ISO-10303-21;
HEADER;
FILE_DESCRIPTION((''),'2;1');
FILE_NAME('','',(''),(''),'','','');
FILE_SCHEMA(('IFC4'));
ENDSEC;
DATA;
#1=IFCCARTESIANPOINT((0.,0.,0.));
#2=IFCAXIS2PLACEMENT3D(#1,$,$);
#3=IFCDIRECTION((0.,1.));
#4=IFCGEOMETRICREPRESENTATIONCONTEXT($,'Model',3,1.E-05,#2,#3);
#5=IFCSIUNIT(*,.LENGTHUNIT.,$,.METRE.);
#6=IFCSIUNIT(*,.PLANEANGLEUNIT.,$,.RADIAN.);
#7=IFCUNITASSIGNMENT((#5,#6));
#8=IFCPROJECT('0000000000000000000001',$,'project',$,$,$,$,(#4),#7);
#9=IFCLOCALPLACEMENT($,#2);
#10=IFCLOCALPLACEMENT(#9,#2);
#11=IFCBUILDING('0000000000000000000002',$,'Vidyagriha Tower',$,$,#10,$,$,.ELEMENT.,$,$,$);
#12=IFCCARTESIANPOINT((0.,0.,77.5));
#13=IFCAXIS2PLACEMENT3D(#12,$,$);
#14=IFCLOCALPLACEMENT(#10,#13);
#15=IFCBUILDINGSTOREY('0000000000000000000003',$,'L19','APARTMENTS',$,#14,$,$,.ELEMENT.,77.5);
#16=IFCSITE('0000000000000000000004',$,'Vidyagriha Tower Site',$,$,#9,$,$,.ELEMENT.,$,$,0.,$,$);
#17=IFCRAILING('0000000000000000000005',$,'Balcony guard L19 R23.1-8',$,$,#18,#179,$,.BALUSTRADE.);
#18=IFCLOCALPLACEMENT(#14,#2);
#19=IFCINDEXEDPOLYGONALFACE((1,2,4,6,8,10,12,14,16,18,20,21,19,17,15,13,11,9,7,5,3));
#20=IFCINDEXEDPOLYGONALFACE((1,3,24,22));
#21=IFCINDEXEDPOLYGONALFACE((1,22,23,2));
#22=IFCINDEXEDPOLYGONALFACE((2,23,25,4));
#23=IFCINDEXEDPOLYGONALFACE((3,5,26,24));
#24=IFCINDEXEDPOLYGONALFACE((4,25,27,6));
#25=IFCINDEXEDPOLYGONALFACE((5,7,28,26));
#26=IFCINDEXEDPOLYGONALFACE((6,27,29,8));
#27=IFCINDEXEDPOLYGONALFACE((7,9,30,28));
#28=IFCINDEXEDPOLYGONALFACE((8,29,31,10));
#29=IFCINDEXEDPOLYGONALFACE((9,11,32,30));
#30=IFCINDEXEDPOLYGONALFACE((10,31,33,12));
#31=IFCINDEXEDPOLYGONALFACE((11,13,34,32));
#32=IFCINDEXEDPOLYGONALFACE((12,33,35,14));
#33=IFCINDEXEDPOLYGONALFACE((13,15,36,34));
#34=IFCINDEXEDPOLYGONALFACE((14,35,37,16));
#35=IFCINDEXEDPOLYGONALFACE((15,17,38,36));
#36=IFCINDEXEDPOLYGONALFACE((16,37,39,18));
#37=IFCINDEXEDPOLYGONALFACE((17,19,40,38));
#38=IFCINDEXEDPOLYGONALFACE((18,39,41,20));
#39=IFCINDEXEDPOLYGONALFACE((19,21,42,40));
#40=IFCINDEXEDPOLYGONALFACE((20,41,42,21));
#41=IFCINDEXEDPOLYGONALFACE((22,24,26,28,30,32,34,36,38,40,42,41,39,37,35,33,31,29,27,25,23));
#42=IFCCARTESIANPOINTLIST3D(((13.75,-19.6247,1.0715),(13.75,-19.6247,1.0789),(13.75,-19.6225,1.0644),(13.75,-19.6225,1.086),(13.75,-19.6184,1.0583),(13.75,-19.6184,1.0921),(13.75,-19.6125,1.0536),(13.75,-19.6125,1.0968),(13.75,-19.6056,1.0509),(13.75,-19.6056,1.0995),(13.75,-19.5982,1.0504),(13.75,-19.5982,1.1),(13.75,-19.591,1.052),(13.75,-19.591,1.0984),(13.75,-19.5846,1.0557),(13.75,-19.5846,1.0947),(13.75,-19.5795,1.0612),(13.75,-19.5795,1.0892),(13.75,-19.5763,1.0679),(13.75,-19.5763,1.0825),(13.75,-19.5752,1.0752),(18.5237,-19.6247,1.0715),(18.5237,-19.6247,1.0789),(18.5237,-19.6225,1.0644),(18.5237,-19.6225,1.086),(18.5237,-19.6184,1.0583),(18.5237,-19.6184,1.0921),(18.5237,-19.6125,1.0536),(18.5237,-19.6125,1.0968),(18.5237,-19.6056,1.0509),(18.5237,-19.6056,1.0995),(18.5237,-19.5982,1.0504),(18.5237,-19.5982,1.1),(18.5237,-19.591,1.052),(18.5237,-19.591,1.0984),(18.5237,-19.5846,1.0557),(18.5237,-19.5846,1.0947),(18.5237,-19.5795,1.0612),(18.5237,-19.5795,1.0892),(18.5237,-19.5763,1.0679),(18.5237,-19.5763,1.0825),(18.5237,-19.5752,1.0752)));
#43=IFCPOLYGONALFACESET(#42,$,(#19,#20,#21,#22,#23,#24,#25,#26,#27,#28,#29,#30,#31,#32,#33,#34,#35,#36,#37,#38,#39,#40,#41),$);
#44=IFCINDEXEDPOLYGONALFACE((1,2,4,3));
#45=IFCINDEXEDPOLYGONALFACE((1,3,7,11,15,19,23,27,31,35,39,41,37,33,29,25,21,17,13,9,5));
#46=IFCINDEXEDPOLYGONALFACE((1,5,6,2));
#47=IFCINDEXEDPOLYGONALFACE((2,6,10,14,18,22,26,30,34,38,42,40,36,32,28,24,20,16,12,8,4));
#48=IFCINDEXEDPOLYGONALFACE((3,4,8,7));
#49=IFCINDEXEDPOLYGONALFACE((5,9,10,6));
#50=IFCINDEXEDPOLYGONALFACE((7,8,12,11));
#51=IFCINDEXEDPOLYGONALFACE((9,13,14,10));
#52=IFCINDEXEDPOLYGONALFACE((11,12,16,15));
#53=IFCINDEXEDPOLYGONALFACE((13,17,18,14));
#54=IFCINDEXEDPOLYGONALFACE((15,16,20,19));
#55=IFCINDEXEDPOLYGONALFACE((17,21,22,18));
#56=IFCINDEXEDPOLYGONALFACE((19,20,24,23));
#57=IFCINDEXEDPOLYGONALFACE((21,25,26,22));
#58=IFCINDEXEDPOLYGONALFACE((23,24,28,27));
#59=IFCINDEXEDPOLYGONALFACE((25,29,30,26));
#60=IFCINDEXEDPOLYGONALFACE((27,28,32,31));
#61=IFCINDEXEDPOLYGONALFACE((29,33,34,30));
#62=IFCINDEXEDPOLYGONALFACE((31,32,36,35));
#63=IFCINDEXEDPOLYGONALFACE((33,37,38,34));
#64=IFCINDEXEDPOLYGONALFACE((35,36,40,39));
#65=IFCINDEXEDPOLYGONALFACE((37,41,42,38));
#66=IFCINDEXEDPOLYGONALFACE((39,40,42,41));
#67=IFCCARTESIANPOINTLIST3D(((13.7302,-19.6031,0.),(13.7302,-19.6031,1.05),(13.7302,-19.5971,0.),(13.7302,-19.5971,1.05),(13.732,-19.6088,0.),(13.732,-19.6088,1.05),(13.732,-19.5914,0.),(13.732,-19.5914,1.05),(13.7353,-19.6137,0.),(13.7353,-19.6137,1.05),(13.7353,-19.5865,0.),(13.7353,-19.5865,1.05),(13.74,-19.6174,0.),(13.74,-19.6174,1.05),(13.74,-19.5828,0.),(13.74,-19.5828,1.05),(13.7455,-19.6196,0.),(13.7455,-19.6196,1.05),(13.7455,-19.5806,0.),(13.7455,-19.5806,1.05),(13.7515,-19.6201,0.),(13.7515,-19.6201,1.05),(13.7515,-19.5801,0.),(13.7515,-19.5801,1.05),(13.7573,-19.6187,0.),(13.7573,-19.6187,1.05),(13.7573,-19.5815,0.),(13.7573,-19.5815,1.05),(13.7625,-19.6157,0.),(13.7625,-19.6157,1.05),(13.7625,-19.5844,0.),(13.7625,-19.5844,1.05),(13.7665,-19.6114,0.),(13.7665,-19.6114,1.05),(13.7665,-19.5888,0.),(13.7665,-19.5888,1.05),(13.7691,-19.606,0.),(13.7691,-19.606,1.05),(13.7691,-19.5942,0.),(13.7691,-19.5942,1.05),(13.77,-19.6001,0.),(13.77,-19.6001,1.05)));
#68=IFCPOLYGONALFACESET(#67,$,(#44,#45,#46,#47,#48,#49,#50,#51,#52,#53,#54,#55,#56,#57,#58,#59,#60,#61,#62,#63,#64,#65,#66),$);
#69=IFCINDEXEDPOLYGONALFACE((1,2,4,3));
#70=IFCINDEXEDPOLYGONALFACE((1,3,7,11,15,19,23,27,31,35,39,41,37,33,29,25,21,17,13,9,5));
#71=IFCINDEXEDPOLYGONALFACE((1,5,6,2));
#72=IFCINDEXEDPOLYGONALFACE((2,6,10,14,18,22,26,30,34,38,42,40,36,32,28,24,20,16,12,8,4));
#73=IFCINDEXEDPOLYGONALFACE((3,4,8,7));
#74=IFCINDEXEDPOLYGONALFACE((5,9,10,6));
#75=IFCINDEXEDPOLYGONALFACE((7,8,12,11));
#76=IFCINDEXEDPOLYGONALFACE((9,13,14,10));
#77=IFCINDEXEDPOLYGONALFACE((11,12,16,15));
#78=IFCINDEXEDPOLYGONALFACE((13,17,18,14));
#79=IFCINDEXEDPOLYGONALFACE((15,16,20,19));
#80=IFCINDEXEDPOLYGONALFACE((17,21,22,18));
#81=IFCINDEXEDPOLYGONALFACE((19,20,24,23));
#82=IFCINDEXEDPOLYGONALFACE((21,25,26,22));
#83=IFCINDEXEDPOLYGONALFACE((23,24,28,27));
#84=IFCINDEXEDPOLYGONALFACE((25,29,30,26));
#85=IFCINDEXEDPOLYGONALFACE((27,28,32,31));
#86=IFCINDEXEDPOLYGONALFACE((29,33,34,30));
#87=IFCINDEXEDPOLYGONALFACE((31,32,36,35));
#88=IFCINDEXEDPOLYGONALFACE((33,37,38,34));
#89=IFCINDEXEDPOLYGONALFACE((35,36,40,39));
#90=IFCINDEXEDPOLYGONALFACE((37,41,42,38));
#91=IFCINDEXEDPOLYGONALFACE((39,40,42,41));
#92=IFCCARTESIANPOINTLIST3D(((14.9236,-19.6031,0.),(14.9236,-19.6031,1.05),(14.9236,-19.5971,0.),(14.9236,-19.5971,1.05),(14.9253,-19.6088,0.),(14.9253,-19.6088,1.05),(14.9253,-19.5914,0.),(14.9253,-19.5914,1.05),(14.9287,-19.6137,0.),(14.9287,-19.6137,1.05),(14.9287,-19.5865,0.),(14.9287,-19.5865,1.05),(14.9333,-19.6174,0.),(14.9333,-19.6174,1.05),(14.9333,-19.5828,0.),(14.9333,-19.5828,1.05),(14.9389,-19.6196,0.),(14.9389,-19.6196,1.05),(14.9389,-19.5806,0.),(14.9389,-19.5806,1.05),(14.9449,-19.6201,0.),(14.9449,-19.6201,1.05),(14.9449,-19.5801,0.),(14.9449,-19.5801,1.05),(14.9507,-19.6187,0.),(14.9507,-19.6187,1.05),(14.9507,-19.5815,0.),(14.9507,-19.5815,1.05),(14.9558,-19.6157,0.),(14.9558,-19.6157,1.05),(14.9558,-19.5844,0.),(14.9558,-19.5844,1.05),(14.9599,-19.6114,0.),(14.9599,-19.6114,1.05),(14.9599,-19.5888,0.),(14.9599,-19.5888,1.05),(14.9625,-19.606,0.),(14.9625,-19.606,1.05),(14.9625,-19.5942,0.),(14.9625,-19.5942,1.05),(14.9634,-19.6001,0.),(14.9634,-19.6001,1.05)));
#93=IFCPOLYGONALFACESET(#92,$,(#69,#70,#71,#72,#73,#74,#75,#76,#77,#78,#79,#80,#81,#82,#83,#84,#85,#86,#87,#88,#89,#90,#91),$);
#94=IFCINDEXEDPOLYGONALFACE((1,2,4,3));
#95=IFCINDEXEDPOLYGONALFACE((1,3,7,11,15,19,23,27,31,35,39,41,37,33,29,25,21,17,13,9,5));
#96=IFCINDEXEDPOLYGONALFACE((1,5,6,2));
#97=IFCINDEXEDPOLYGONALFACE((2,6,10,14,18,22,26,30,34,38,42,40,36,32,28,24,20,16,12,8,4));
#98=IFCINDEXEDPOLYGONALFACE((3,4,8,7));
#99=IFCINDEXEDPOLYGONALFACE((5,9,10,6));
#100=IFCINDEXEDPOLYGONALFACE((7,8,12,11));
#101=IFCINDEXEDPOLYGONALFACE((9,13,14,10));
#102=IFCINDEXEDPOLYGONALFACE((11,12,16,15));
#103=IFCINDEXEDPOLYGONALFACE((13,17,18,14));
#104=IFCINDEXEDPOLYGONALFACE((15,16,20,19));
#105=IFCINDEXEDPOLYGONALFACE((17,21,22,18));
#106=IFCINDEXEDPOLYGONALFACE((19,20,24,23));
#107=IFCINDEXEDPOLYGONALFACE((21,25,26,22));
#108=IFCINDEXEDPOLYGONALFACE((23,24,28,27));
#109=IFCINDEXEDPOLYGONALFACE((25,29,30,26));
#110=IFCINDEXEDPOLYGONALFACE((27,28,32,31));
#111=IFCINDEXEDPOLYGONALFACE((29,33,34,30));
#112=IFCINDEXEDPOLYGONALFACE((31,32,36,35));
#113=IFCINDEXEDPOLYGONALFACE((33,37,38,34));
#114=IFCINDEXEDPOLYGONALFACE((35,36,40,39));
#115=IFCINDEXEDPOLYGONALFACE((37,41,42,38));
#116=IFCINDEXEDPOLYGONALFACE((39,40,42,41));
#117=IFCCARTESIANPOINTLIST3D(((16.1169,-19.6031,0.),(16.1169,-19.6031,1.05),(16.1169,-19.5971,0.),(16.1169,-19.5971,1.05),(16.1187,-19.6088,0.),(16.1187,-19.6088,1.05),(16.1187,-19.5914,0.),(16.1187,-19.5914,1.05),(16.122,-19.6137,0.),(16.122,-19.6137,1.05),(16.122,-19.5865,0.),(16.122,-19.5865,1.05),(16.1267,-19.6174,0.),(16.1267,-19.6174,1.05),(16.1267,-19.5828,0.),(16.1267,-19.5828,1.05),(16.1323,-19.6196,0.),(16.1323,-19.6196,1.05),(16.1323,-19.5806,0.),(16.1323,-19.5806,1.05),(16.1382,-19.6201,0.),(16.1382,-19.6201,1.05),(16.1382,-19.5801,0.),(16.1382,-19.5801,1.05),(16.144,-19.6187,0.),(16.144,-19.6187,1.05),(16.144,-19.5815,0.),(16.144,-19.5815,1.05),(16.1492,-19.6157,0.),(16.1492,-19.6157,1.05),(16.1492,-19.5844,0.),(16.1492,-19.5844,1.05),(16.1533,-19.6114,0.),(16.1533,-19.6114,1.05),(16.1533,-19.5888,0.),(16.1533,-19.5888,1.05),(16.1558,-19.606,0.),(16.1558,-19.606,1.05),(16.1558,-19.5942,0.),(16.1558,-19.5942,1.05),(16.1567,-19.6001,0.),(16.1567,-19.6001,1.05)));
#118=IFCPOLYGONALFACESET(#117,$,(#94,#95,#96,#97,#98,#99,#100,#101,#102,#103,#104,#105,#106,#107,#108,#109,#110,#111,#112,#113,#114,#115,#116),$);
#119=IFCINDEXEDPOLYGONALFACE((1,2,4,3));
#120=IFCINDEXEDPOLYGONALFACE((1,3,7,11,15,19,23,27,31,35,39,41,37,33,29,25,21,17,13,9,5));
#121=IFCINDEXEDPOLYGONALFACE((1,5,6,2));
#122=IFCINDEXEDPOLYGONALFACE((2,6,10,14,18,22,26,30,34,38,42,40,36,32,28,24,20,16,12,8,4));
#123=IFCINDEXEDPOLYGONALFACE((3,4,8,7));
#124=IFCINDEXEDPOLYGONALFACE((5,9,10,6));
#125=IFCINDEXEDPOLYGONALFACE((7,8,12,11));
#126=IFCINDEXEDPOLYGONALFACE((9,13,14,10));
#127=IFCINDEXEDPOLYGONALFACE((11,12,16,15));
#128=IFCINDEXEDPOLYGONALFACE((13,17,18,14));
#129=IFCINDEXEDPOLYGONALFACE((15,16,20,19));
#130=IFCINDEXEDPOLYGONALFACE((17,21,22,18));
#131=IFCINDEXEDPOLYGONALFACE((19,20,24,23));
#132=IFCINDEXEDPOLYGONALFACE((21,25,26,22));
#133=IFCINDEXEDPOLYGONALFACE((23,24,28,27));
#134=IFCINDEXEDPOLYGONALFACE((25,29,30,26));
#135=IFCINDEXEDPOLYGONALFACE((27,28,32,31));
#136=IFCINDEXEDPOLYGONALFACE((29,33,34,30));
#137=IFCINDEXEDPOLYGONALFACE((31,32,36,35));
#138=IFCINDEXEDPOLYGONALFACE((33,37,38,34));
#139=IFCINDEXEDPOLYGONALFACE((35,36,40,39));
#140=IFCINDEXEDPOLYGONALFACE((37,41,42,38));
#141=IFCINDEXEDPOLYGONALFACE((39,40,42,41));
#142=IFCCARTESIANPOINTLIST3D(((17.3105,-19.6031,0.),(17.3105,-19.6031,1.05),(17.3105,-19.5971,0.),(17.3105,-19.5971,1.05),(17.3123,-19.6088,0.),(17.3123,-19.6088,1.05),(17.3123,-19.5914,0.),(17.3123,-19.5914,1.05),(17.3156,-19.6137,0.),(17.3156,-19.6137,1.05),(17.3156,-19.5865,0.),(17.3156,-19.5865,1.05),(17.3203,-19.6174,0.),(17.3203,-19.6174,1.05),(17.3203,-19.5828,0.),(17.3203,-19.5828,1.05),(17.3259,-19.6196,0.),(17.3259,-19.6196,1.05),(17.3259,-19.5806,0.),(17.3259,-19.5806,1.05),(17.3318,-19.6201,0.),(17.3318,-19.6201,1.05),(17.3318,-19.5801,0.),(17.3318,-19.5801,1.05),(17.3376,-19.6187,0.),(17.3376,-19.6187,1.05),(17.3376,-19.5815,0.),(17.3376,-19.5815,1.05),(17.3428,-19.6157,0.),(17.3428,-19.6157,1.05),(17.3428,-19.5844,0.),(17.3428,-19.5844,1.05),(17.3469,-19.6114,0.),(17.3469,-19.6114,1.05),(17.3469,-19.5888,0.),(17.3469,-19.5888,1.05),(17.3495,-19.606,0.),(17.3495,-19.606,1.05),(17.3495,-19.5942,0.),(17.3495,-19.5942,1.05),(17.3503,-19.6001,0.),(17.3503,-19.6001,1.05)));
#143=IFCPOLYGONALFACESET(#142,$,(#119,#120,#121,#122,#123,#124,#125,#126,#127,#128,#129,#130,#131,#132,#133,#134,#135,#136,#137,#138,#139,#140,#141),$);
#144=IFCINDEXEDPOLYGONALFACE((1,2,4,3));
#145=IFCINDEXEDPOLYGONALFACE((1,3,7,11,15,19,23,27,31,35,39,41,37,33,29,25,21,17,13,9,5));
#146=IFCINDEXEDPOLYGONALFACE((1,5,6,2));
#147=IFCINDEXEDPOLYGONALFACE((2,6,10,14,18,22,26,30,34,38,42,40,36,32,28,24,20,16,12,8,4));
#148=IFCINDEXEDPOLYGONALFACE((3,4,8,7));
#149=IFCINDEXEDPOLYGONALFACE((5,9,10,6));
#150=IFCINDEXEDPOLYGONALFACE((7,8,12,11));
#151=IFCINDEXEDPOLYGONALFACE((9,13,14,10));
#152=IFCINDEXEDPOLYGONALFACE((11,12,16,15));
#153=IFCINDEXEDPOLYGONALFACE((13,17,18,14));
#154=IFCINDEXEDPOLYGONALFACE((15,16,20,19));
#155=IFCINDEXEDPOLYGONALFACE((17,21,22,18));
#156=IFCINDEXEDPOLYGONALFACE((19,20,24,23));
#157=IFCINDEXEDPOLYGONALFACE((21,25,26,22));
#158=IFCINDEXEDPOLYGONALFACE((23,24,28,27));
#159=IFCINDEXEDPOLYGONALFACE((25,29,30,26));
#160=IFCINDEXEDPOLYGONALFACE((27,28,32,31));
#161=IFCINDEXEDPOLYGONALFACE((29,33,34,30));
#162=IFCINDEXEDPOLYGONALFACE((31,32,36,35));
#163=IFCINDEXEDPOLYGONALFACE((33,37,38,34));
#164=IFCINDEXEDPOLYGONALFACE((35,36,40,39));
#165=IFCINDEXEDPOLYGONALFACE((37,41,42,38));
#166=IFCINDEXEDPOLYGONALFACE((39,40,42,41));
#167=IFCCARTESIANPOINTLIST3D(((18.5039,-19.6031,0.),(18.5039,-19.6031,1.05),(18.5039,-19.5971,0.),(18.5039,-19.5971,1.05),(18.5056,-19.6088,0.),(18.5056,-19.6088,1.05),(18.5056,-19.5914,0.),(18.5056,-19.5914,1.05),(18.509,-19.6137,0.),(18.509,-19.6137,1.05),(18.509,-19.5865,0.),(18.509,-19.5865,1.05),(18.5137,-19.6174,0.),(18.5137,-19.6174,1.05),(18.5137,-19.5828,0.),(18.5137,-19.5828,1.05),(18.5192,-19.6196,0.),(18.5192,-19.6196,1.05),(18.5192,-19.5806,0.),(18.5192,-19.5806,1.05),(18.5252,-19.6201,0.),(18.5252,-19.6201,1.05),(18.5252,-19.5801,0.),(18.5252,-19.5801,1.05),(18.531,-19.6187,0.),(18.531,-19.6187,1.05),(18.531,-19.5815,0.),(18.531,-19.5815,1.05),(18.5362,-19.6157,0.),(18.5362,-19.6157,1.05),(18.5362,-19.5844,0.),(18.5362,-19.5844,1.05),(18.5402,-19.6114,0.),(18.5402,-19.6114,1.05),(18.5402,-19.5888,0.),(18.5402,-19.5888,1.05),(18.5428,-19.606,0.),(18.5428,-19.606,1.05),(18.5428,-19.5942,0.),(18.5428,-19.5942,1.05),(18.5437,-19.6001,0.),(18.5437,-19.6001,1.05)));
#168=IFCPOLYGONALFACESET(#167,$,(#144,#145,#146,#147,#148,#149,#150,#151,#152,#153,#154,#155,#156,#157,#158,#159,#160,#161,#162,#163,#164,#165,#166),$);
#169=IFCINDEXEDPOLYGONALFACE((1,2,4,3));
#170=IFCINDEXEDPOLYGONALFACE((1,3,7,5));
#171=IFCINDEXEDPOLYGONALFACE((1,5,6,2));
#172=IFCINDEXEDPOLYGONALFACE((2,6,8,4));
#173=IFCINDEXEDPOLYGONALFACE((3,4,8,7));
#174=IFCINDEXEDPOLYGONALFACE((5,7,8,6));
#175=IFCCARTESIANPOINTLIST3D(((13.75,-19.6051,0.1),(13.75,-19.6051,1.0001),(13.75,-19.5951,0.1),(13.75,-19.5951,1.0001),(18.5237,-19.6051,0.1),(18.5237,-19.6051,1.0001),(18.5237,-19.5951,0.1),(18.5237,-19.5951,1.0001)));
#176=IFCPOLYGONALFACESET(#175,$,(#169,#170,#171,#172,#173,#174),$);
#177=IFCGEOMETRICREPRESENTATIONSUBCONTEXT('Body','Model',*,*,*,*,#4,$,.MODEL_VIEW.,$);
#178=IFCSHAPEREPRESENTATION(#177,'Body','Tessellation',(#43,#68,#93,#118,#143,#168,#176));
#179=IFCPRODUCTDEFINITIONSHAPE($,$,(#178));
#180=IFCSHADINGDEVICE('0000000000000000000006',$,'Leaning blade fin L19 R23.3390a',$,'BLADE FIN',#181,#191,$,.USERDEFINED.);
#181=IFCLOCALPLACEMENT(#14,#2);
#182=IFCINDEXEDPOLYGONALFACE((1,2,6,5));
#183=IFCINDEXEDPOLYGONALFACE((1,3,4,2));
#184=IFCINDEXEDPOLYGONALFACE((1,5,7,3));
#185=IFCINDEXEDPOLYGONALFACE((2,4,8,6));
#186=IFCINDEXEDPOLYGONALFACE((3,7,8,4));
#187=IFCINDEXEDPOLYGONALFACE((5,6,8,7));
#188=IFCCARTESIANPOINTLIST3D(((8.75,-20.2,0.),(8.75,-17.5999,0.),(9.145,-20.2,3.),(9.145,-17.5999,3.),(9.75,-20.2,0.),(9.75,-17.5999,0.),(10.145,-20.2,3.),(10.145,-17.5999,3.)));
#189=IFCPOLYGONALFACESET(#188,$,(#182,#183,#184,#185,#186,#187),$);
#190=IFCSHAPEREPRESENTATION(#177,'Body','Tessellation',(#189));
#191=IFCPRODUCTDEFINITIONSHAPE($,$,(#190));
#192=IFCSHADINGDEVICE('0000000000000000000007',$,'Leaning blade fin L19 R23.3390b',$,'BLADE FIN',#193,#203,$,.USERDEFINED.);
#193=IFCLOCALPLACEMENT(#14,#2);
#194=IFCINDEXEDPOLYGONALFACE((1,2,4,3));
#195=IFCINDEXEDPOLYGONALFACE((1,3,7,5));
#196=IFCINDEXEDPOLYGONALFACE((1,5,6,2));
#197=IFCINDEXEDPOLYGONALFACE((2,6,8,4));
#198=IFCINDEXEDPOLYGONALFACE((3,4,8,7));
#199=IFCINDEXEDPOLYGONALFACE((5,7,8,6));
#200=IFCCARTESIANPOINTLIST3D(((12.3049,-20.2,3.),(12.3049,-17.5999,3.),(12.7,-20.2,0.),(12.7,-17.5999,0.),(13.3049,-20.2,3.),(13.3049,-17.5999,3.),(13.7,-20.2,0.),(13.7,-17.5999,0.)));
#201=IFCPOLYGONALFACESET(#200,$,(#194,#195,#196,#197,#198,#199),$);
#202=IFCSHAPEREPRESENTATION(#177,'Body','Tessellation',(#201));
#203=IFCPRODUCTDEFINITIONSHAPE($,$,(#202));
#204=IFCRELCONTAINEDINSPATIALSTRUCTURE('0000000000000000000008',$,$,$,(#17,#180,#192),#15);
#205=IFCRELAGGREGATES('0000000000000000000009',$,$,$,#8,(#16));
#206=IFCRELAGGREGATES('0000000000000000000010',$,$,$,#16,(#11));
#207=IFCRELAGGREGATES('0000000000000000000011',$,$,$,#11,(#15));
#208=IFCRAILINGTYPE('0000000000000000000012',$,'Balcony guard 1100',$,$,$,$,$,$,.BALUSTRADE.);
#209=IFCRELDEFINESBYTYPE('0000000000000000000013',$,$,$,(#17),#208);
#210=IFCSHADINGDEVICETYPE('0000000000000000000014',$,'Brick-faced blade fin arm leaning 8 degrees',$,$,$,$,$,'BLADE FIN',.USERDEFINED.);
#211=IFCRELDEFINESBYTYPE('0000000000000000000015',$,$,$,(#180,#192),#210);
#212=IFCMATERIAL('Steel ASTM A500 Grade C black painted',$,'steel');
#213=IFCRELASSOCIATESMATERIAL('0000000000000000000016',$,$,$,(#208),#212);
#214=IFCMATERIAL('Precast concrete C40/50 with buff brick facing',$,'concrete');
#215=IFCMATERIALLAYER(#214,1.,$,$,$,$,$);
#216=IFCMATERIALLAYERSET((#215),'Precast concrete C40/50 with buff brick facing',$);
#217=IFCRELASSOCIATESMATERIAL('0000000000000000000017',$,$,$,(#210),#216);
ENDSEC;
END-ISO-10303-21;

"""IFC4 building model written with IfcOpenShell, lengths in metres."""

from ifc_helpers import new_model, si_unit, direction, frame, origin, origin_2d, place, context, subcontext, project, spatial, polyline, rectangle, circle, outline, extrude, material, layer, layer_set, type_object, element, save


model = new_model("IFC4")

# Units and contexts
model_context = context("Model", 3, precision=1e-05, world=origin(), true_north=direction((0.0, 1.0)))
body_context = subcontext(model_context, "Body", "Model", "MODEL_VIEW")
ifc_project = project(units=[si_unit("LENGTHUNIT", "METRE"), si_unit("PLANEANGLEUNIT", "RADIAN")], contexts=[model_context])

# Site, building, storey
site_placement = place(None, origin())
site = spatial("IfcSite", under=ifc_project, at=site_placement, Name="Vidyagriha Tower Site", CompositionType="ELEMENT", RefElevation=0.0)
building_placement = place(site_placement, origin())
building = spatial("IfcBuilding", under=site, at=building_placement, Name="Vidyagriha Tower", CompositionType="ELEMENT")
storey_placement = place(building_placement, frame((0.0, 0.0, 77.5)))
storey = spatial("IfcBuildingStorey", under=building, at=storey_placement, Name="L19", Description="APARTMENTS", CompositionType="ELEMENT", Elevation=77.5)

# Railing
ifc_material_1 = material(Name="Steel ASTM A500 Grade C black painted", Category="steel")
railing_type = type_object("IfcRailingType", Name="Balcony guard 1100", PredefinedType="BALUSTRADE", material=ifc_material_1)
railing_1_placement = place(storey_placement, frame((13.75, -19.6001, 0.0)))
element("IfcRailing", 1, at=railing_1_placement, inside=storey, type_object=railing_type, Name="Balcony guard L19 R23.1-8", PredefinedType="BALUSTRADE", context=body_context, shape_type="SweptSolid", body=[
    extrude(circle(Radius=0.0249, at=origin_2d()), frame((0.0, 0.0, 1.0752), z_axis=(1.0, 0.0, 0.0), x_axis=(0.0, 1.0, 0.0)), (0.0, 0.0, 1.0), 4.7737),
    extrude(circle(Radius=0.02, at=origin_2d()), origin(), (0.0, 0.0, 1.0), 1.05),
    extrude(circle(Radius=0.02, at=origin_2d()), frame((1.1934, 0.0, 0.0)), (0.0, 0.0, 1.0), 1.05),
    extrude(circle(Radius=0.02, at=origin_2d()), frame((2.3867, 0.0, 0.0)), (0.0, 0.0, 1.0), 1.05),
    extrude(circle(Radius=0.02, at=origin_2d()), frame((3.5803, 0.0, 0.0)), (0.0, 0.0, 1.0), 1.05),
    extrude(circle(Radius=0.02, at=origin_2d()), frame((4.7737, 0.0, 0.0)), (0.0, 0.0, 1.0), 1.05),
    extrude(rectangle(XDim=0.01, YDim=0.9001, at=origin_2d()), frame((0.0, 0.0, 0.55), z_axis=(1.0, 0.0, 0.0), x_axis=(0.0, 1.0, 0.0)), (0.0, 0.0, 1.0), 4.7737),
])

# Shading devices
ifc_material_2 = material(Name="Precast concrete C40/50 with buff brick facing", Category="concrete")
ifc_layer_1 = layer(ifc_material_2, 1.0)
ifc_layer_set_1 = layer_set([ifc_layer_1], Name="Precast concrete C40/50 with buff brick facing")
shading_device_type = type_object("IfcShadingDeviceType", Name="Brick-faced blade fin arm leaning 8 degrees", ElementType="BLADE FIN", PredefinedType="USERDEFINED", material=ifc_layer_set_1)
shading_device_1_placement = place(storey_placement, frame((8.75, -18.8999, 0.0)))
element("IfcShadingDevice", 2, at=shading_device_1_placement, inside=storey, type_object=shading_device_type, Name="Leaning blade fin L19 R23.3390a", ObjectType="BLADE FIN", PredefinedType="USERDEFINED", context=body_context, shape_type="SweptSolid", body=[
    extrude(outline(polyline([(0.0, 0.0), (1.0, 0.0), (1.395, 3.0), (0.395, 3.0), (0.0, 0.0)])), frame((0.0, 1.3, 0.0), z_axis=(0.0, -1.0, 0.0), x_axis=(1.0, 0.0, 0.0)), (0.0, 0.0, 1.0), 2.6001),
])
shading_device_2_placement = place(storey_placement, frame((12.3049, -18.8999, 0.0)))
element("IfcShadingDevice", 3, at=shading_device_2_placement, inside=storey, type_object=shading_device_type, Name="Leaning blade fin L19 R23.3390b", ObjectType="BLADE FIN", PredefinedType="USERDEFINED", context=body_context, shape_type="SweptSolid", body=[
    extrude(outline(polyline([(0.395, 0.0), (1.395, 0.0), (1.0, 3.0), (0.0, 3.0), (0.395, 0.0)])), frame((0.0, 1.3, 0.0), z_axis=(0.0, -1.0, 0.0), x_axis=(1.0, 0.0, 0.0)), (0.0, 0.0, 1.0), 2.6001),
])

save(model, "model.ifc")
